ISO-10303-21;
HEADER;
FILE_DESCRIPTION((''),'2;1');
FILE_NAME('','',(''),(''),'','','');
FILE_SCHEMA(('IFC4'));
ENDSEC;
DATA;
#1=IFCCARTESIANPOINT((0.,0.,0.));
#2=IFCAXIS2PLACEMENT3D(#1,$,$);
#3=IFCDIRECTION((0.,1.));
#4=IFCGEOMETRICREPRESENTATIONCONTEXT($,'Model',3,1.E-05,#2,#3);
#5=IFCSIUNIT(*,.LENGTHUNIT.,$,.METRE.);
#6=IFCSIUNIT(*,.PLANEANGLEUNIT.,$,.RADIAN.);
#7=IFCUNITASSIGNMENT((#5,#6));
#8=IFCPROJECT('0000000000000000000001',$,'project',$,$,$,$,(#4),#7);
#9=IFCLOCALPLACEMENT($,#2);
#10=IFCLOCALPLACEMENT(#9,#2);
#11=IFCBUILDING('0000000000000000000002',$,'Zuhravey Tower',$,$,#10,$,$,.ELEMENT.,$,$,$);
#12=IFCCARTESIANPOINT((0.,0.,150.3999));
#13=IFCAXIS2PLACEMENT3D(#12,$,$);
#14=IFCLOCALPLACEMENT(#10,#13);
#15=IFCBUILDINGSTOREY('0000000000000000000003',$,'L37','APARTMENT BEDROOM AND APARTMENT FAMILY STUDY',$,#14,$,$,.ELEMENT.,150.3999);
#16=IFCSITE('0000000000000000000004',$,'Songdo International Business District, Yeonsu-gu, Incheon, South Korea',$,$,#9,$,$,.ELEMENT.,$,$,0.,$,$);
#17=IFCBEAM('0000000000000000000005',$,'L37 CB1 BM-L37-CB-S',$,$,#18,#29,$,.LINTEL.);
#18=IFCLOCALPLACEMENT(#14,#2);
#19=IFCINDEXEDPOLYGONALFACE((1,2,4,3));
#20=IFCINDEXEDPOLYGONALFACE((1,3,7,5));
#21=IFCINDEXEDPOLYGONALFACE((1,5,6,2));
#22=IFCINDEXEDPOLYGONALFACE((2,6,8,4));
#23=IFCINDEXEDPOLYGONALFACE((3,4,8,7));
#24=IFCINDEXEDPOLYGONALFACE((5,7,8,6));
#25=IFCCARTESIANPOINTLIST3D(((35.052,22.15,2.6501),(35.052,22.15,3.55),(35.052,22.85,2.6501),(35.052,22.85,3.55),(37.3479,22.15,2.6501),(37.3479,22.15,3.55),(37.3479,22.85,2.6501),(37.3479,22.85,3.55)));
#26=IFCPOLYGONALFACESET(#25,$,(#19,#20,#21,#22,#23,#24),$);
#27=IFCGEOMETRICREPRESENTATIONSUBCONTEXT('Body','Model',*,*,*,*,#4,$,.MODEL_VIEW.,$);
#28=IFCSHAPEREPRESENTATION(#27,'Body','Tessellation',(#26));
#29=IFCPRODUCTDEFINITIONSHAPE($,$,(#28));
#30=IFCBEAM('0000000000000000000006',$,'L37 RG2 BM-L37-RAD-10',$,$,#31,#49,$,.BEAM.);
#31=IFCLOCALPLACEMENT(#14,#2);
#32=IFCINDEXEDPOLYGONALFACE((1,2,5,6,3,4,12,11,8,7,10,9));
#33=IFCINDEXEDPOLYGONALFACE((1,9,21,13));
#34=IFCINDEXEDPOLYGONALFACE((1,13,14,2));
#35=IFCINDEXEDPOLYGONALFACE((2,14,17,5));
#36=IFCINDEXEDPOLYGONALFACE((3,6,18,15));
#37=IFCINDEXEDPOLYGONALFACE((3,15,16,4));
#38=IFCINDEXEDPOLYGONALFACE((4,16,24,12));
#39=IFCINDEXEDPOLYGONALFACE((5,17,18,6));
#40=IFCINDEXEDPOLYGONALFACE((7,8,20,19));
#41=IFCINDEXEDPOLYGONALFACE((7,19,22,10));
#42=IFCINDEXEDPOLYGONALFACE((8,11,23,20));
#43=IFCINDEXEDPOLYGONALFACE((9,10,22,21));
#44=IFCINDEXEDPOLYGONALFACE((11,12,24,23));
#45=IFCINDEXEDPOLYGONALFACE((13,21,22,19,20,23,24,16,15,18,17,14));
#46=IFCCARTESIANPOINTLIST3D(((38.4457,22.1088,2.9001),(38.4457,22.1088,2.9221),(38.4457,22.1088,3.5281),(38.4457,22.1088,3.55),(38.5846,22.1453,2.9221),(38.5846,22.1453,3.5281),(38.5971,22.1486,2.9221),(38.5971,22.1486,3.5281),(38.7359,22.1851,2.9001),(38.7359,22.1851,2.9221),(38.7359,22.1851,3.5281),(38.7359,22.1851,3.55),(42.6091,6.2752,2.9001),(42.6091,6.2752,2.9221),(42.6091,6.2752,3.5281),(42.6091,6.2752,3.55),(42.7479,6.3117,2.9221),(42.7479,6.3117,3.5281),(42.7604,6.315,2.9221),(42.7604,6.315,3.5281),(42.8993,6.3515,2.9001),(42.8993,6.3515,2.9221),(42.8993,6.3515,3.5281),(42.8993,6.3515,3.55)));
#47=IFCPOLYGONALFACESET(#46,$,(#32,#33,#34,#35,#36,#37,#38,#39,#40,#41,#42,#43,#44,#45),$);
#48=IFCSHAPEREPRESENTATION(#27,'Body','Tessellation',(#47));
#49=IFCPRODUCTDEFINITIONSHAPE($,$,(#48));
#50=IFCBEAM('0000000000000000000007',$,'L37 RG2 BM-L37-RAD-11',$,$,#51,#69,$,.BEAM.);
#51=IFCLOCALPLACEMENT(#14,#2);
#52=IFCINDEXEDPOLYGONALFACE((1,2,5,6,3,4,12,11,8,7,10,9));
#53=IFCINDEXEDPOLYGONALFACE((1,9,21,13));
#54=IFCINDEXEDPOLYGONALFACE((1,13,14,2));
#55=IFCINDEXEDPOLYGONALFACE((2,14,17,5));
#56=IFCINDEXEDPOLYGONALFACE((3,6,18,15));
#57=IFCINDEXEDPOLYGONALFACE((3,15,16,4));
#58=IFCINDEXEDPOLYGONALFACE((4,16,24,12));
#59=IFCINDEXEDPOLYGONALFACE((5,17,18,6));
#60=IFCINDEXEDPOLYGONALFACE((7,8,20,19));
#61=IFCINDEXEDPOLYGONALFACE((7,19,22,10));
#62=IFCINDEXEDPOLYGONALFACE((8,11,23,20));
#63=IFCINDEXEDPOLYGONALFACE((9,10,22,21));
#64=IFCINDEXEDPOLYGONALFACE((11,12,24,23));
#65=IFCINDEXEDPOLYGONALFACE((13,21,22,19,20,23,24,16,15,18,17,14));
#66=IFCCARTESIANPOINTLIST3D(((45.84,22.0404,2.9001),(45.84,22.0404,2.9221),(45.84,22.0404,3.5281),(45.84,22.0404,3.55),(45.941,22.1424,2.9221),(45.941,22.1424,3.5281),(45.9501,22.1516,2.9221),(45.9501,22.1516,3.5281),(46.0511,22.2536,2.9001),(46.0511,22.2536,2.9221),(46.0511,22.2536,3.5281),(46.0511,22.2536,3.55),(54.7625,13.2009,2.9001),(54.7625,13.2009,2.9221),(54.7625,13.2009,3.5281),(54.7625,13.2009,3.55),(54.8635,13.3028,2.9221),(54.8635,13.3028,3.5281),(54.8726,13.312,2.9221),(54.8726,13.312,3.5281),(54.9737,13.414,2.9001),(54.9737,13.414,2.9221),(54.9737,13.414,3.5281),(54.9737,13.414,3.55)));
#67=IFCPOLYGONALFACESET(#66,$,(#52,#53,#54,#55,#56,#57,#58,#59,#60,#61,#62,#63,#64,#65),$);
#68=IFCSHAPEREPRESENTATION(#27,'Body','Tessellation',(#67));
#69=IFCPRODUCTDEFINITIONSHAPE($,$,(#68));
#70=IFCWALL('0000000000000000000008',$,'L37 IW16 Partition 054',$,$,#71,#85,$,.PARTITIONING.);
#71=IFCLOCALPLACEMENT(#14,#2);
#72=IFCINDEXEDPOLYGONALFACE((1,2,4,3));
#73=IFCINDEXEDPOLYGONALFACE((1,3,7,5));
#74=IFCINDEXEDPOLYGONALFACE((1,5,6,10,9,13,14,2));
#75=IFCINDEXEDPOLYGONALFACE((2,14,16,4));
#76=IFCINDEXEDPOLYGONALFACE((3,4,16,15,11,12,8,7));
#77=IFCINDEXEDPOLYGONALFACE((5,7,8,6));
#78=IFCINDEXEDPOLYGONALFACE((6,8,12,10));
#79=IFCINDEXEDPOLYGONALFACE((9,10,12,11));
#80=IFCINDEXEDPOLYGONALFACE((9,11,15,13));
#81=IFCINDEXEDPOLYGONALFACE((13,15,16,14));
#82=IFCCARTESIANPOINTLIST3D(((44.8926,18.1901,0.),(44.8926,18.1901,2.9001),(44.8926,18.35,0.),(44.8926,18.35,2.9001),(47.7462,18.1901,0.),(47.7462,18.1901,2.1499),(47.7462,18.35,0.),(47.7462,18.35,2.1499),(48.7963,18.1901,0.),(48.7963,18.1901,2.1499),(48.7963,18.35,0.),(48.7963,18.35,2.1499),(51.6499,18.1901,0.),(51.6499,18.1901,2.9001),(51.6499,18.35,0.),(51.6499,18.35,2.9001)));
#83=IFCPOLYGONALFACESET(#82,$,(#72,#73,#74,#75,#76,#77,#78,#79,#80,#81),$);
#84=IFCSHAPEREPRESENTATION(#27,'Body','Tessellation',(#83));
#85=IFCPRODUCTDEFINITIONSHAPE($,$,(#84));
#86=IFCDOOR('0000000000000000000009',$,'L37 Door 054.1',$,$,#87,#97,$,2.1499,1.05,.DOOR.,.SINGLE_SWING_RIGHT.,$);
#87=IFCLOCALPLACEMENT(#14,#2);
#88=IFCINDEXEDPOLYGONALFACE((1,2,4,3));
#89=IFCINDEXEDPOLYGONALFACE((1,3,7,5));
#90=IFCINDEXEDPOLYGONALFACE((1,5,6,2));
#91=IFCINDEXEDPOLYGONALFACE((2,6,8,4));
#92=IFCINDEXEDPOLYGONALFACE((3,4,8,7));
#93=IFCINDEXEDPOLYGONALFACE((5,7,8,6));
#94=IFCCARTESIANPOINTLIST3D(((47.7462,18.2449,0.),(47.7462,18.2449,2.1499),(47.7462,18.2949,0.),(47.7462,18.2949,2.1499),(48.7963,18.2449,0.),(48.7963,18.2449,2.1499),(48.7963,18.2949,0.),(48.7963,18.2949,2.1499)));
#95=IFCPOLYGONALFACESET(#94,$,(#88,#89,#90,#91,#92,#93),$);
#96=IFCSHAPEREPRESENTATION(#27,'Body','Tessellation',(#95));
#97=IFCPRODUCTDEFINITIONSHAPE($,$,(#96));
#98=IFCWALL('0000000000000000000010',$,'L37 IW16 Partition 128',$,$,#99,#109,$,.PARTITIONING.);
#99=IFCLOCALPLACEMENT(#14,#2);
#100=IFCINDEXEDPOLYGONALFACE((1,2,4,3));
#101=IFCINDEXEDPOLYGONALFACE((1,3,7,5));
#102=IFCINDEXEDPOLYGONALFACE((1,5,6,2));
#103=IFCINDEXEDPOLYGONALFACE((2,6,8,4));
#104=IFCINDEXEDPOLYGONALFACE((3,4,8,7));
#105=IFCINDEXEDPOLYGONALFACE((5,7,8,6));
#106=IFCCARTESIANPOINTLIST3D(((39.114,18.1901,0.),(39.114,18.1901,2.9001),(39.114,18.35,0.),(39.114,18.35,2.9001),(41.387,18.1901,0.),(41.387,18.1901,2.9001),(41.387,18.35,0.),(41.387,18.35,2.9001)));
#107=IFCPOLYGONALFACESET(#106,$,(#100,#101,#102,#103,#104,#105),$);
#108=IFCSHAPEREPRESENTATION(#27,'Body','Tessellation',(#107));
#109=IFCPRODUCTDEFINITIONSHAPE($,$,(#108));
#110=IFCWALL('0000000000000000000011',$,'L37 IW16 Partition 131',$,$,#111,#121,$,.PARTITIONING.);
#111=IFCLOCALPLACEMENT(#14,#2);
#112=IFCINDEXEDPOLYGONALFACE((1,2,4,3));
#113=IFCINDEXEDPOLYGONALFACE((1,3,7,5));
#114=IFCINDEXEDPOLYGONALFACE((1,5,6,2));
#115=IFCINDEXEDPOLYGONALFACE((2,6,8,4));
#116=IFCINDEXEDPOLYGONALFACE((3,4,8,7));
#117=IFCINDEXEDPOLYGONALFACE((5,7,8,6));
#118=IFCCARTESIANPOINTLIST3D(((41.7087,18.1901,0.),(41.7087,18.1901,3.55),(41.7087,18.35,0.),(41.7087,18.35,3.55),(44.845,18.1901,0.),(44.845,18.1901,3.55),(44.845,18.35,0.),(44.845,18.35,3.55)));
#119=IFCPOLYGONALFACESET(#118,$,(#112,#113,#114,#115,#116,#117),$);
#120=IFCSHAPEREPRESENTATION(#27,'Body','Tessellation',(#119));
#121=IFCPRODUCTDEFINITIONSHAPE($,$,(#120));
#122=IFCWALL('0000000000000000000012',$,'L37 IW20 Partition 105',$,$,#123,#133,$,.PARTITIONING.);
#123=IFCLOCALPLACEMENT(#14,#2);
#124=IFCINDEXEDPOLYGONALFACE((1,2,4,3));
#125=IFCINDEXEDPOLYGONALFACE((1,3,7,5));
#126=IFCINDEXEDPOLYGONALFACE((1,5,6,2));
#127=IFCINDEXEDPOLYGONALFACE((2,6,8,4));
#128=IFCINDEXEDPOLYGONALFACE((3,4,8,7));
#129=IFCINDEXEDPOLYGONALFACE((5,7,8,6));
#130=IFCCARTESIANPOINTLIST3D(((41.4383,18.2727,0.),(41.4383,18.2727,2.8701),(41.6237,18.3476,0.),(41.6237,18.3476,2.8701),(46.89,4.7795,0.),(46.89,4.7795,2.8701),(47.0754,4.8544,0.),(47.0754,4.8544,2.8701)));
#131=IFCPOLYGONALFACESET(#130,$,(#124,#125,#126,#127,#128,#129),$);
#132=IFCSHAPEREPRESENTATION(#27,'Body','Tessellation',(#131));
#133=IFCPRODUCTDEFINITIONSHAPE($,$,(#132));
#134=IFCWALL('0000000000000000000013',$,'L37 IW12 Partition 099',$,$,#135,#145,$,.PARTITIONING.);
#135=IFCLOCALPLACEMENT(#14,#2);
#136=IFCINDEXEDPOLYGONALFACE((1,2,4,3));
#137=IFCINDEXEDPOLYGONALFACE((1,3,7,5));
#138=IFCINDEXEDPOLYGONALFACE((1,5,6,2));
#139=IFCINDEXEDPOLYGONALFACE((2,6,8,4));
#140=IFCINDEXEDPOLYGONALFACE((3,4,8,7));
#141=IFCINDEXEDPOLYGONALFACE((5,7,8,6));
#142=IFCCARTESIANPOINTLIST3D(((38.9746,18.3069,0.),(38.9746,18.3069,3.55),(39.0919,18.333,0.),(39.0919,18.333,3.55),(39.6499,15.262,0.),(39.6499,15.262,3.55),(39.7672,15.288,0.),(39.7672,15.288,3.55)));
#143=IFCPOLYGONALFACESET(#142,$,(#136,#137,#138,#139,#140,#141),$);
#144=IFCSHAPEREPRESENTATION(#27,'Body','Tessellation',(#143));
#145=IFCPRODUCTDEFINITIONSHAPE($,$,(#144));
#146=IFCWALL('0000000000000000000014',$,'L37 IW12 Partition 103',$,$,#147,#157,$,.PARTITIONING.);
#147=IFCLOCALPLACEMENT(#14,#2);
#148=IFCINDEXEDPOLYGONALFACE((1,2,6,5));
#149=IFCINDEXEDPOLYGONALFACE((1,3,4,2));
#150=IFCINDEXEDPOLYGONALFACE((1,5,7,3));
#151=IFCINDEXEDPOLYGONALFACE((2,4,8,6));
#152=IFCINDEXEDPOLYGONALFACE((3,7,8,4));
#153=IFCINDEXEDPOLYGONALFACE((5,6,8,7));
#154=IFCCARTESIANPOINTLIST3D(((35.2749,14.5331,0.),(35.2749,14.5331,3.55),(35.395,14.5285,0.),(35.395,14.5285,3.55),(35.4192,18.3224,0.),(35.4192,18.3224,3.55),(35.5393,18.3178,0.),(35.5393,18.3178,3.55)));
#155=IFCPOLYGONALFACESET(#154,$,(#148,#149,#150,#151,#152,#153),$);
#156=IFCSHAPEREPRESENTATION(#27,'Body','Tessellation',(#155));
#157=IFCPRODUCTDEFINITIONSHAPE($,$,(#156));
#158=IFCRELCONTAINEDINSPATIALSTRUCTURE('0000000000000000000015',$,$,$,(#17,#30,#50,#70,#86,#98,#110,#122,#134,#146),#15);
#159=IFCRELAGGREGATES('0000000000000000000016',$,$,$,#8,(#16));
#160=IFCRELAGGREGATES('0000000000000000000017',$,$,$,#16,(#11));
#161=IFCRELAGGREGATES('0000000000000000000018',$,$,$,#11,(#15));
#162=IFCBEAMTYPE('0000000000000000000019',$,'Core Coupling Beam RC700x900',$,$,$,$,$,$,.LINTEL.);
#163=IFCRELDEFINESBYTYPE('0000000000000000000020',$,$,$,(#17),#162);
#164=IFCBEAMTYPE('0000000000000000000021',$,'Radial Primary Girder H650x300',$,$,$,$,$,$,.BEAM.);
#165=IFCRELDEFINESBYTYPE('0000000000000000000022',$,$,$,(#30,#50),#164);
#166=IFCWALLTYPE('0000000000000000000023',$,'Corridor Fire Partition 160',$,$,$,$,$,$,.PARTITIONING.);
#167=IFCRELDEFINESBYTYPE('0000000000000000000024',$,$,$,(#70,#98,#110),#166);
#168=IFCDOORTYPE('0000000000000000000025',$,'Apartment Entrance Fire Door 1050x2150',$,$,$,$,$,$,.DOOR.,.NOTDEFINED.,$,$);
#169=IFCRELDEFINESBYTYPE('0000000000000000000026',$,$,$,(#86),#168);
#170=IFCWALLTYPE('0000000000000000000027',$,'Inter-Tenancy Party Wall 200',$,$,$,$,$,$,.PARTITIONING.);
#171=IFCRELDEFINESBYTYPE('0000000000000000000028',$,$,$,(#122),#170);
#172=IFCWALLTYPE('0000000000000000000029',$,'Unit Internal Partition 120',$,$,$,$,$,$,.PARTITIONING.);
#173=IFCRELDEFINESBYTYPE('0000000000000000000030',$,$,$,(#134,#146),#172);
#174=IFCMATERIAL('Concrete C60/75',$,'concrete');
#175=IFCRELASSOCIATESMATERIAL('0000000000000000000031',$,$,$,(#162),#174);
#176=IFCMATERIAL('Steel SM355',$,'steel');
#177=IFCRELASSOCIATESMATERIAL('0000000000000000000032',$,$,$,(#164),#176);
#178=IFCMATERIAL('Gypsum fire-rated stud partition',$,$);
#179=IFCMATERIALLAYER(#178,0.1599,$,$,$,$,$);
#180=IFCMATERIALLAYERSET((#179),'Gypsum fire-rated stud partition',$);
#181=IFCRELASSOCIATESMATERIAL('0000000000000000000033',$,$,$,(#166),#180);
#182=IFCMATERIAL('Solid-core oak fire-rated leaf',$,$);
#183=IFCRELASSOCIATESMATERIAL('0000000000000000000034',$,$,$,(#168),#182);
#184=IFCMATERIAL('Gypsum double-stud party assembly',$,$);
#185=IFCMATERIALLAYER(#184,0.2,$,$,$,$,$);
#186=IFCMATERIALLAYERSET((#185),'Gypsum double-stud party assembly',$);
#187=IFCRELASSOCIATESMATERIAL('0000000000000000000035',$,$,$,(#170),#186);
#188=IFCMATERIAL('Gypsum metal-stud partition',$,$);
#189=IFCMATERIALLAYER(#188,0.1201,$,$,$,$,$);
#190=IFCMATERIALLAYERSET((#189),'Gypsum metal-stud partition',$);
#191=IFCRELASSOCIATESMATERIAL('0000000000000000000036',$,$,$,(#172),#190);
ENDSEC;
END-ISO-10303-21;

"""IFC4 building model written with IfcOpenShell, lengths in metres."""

from ifc_helpers import new_model, si_unit, direction, frame, frame_2d, origin, origin_2d, place, context, subcontext, project, spatial, rectangle, i_section, extrude, material, layer, layer_set, material_profile, profile_set, type_object, element, fill, save


model = new_model("IFC4")

# Units and contexts
model_context = context("Model", 3, precision=1e-05, world=origin(), true_north=direction((0.0, 1.0)))
body_context = subcontext(model_context, "Body", "Model", "MODEL_VIEW")
ifc_project = project(units=[si_unit("LENGTHUNIT", "METRE"), si_unit("PLANEANGLEUNIT", "RADIAN")], contexts=[model_context])

# Site, building, storey
site_placement = place(None, origin())
site = spatial("IfcSite", under=ifc_project, at=site_placement, Name="Songdo International Business District, Yeonsu-gu, Incheon, South Korea", CompositionType="ELEMENT", RefElevation=0.0)
building_placement = place(site_placement, origin())
building = spatial("IfcBuilding", under=site, at=building_placement, Name="Zuhravey Tower", CompositionType="ELEMENT")
storey_placement = place(building_placement, frame((0.0, 0.0, 150.3999)))
storey = spatial("IfcBuildingStorey", under=building, at=storey_placement, Name="L37", Description="APARTMENT BEDROOM AND APARTMENT FAMILY STUDY", CompositionType="ELEMENT", Elevation=150.3999)

# Beams
ifc_material_1 = material(Name="Concrete C60/75", Category="concrete")
ifc_material_profile_1 = material_profile(ifc_material_1, rectangle(XDim=0.7, YDim=0.8999, at=origin_2d()), Name="RC-700x900")
ifc_profile_set_1 = profile_set([ifc_material_profile_1], Name="Concrete C60/75")
beam_type_1 = type_object("IfcBeamType", Name="Core Coupling Beam RC700x900", PredefinedType="LINTEL", material=ifc_profile_set_1)
beam_1_placement = place(storey_placement, frame((35.052, 22.5, 3.1001), z_axis=(1.0, 0.0, 0.0), x_axis=(0.0, 1.0, 0.0)))
element("IfcBeam", 1, at=beam_1_placement, inside=storey, type_object=beam_type_1, Name="L37 CB1 BM-L37-CB-S", PredefinedType="LINTEL", context=body_context, shape_type="SweptSolid", body=[
    extrude(rectangle(XDim=0.7, YDim=0.8999, at=origin_2d()), origin(), (0.0, 0.0, 1.0), 2.2959),
])
ifc_material_2 = material(Name="Steel SM355", Category="steel")
ifc_material_profile_2 = material_profile(ifc_material_2, i_section(OverallWidth=0.3, OverallDepth=0.6499, WebThickness=0.0129, FlangeThickness=0.022, at=origin_2d()), Name="H-650x300x13x22")
ifc_profile_set_2 = profile_set([ifc_material_profile_2], Name="Steel SM355")
beam_type_2 = type_object("IfcBeamType", Name="Radial Primary Girder H650x300", PredefinedType="BEAM", material=ifc_profile_set_2)
beam_2_placement = place(storey_placement, frame((38.5908, 22.147, 3.2251), z_axis=(0.2543, -0.967125, 0.0), x_axis=(0.967125, 0.2543, 0.0)))
element("IfcBeam", 2, at=beam_2_placement, inside=storey, type_object=beam_type_2, Name="L37 RG2 BM-L37-RAD-10", PredefinedType="BEAM", context=body_context, shape_type="SweptSolid", body=[
    extrude(i_section(OverallWidth=0.3, OverallDepth=0.6499, WebThickness=0.0129, FlangeThickness=0.022, at=origin_2d()), origin(), (0.0, 0.0, 1.0), 16.3718),
])
beam_3_placement = place(storey_placement, frame((45.9456, 22.147, 3.2251), z_axis=(0.710404, -0.703795, 0.0), x_axis=(0.703795, 0.710404, 0.0)))
element("IfcBeam", 3, at=beam_3_placement, inside=storey, type_object=beam_type_2, Name="L37 RG2 BM-L37-RAD-11", PredefinedType="BEAM", context=body_context, shape_type="SweptSolid", body=[
    extrude(i_section(OverallWidth=0.3, OverallDepth=0.6499, WebThickness=0.0129, FlangeThickness=0.022, at=origin_2d()), origin(), (0.0, 0.0, 1.0), 12.5598),
])

# Wall, opening, door
ifc_material_3 = material(Name="Gypsum fire-rated stud partition")
ifc_layer_1 = layer(ifc_material_3, 0.1599)
ifc_layer_set_1 = layer_set([ifc_layer_1], Name="Gypsum fire-rated stud partition")
wall_type_1 = type_object("IfcWallType", Name="Corridor Fire Partition 160", PredefinedType="PARTITIONING", material=ifc_layer_set_1)
wall_1_placement = place(storey_placement, frame((44.8926, 18.27, 0.0), z_axis=(0.0, 0.0, 1.0), x_axis=(1.0, 0.0, 0.0)))
wall_1 = element("IfcWall", 4, at=wall_1_placement, inside=storey, type_object=wall_type_1, Name="L37 IW16 Partition 054", PredefinedType="PARTITIONING", context=body_context, shape_type="SweptSolid", body=[
    extrude(rectangle(XDim=6.7573, YDim=0.1599, at=frame_2d((3.3787, 0.0))), origin(), (0.0, 0.0, 1.0), 2.9001),
])
opening_1_placement = place(wall_1_placement, frame((2.8538, 0.0, 0.0)))
opening_1 = element("IfcOpeningElement", 5, at=opening_1_placement, cuts=wall_1, PredefinedType="OPENING", context=body_context, shape_type="SweptSolid", body=[
    extrude(rectangle(XDim=1.05, YDim=2.1499, at=frame_2d((0.5249, 1.075))), frame((0.0, 0.092, 0.0), z_axis=(0.0, -1.0, 0.0), x_axis=(1.0, 0.0, 0.0)), (0.0, 0.0, 1.0), 0.1838),
])
ifc_material_4 = material(Name="Solid-core oak fire-rated leaf")
door_type_1 = type_object("IfcDoorType", Name="Apartment Entrance Fire Door 1050x2150", OperationType="NOTDEFINED", PredefinedType="DOOR", material=ifc_material_4)
door_1_placement = place(opening_1_placement, origin())
door_1 = element("IfcDoor", 6, at=door_1_placement, inside=storey, type_object=door_type_1, Name="L37 Door 054.1", OperationType="SINGLE_SWING_RIGHT", OverallHeight=2.1499, OverallWidth=1.05, PredefinedType="DOOR", context=body_context, shape_type="SweptSolid", body=[
    extrude(rectangle(XDim=1.05, YDim=2.1499, at=frame_2d((0.5249, 1.075))), frame((0.0, 0.0249, 0.0), z_axis=(0.0, -1.0, 0.0), x_axis=(1.0, 0.0, 0.0)), (0.0, 0.0, 1.0), 0.05),
])
fill(opening_1, door_1)

# Walls
wall_2_placement = place(storey_placement, frame((39.114, 18.27, 0.0), z_axis=(0.0, 0.0, 1.0), x_axis=(1.0, 0.0, 0.0)))
element("IfcWall", 7, at=wall_2_placement, inside=storey, type_object=wall_type_1, Name="L37 IW16 Partition 128", PredefinedType="PARTITIONING", context=body_context, shape_type="SweptSolid", body=[
    extrude(rectangle(XDim=2.2729, YDim=0.1599, at=frame_2d((1.1365, 0.0))), origin(), (0.0, 0.0, 1.0), 2.9001),
])
wall_3_placement = place(storey_placement, frame((41.7087, 18.27, 0.0), z_axis=(0.0, 0.0, 1.0), x_axis=(1.0, 0.0, 0.0)))
element("IfcWall", 8, at=wall_3_placement, inside=storey, type_object=wall_type_1, Name="L37 IW16 Partition 131", PredefinedType="PARTITIONING", context=body_context, shape_type="SweptSolid", body=[
    extrude(rectangle(XDim=3.1362, YDim=0.1599, at=frame_2d((1.5681, 0.0))), origin(), (0.0, 0.0, 1.0), 3.55),
])

# Walls
ifc_material_5 = material(Name="Gypsum double-stud party assembly")
ifc_layer_2 = layer(ifc_material_5, 0.2)
ifc_layer_set_2 = layer_set([ifc_layer_2], Name="Gypsum double-stud party assembly")
wall_type_2 = type_object("IfcWallType", Name="Inter-Tenancy Party Wall 200", PredefinedType="PARTITIONING", material=ifc_layer_set_2)
wall_4_placement = place(storey_placement, frame((41.531, 18.3101, 0.0), z_axis=(0.0, 0.0, 1.0), x_axis=(0.374611, -0.927182, 0.0)))
element("IfcWall", 9, at=wall_4_placement, inside=storey, type_object=wall_type_2, Name="L37 IW20 Partition 105", PredefinedType="PARTITIONING", context=body_context, shape_type="SweptSolid", body=[
    extrude(rectangle(XDim=14.553, YDim=0.2, at=frame_2d((7.2764, 0.0))), origin(), (0.0, 0.0, 1.0), 2.8701),
])
ifc_material_6 = material(Name="Gypsum metal-stud partition")
ifc_layer_3 = layer(ifc_material_6, 0.1201)
ifc_layer_set_3 = layer_set([ifc_layer_3], Name="Gypsum metal-stud partition")
wall_type_3 = type_object("IfcWallType", Name="Unit Internal Partition 120", PredefinedType="PARTITIONING", material=ifc_layer_set_3)
wall_5_placement = place(storey_placement, frame((39.0332, 18.3201, 0.0), z_axis=(0.0, 0.0, 1.0), x_axis=(0.216516, -0.976279, 0.0)))
element("IfcWall", 10, at=wall_5_placement, inside=storey, type_object=wall_type_3, Name="L37 IW12 Partition 099", PredefinedType="PARTITIONING", context=body_context, shape_type="SweptSolid", body=[
    extrude(rectangle(XDim=3.1189, YDim=0.1201, at=frame_2d((1.5596, 0.0))), origin(), (0.0, 0.0, 1.0), 3.55),
])
wall_6_placement = place(storey_placement, frame((35.4792, 18.3201, 0.0), z_axis=(0.0, 0.0, 1.0), x_axis=(-0.03805, -0.999276, 0.0)))
element("IfcWall", 11, at=wall_6_placement, inside=storey, type_object=wall_type_3, Name="L37 IW12 Partition 103", PredefinedType="PARTITIONING", context=body_context, shape_type="SweptSolid", body=[
    extrude(rectangle(XDim=3.792, YDim=0.1201, at=frame_2d((1.896, 0.0))), origin(), (0.0, 0.0, 1.0), 3.55),
])

save(model, "model.ifc")
